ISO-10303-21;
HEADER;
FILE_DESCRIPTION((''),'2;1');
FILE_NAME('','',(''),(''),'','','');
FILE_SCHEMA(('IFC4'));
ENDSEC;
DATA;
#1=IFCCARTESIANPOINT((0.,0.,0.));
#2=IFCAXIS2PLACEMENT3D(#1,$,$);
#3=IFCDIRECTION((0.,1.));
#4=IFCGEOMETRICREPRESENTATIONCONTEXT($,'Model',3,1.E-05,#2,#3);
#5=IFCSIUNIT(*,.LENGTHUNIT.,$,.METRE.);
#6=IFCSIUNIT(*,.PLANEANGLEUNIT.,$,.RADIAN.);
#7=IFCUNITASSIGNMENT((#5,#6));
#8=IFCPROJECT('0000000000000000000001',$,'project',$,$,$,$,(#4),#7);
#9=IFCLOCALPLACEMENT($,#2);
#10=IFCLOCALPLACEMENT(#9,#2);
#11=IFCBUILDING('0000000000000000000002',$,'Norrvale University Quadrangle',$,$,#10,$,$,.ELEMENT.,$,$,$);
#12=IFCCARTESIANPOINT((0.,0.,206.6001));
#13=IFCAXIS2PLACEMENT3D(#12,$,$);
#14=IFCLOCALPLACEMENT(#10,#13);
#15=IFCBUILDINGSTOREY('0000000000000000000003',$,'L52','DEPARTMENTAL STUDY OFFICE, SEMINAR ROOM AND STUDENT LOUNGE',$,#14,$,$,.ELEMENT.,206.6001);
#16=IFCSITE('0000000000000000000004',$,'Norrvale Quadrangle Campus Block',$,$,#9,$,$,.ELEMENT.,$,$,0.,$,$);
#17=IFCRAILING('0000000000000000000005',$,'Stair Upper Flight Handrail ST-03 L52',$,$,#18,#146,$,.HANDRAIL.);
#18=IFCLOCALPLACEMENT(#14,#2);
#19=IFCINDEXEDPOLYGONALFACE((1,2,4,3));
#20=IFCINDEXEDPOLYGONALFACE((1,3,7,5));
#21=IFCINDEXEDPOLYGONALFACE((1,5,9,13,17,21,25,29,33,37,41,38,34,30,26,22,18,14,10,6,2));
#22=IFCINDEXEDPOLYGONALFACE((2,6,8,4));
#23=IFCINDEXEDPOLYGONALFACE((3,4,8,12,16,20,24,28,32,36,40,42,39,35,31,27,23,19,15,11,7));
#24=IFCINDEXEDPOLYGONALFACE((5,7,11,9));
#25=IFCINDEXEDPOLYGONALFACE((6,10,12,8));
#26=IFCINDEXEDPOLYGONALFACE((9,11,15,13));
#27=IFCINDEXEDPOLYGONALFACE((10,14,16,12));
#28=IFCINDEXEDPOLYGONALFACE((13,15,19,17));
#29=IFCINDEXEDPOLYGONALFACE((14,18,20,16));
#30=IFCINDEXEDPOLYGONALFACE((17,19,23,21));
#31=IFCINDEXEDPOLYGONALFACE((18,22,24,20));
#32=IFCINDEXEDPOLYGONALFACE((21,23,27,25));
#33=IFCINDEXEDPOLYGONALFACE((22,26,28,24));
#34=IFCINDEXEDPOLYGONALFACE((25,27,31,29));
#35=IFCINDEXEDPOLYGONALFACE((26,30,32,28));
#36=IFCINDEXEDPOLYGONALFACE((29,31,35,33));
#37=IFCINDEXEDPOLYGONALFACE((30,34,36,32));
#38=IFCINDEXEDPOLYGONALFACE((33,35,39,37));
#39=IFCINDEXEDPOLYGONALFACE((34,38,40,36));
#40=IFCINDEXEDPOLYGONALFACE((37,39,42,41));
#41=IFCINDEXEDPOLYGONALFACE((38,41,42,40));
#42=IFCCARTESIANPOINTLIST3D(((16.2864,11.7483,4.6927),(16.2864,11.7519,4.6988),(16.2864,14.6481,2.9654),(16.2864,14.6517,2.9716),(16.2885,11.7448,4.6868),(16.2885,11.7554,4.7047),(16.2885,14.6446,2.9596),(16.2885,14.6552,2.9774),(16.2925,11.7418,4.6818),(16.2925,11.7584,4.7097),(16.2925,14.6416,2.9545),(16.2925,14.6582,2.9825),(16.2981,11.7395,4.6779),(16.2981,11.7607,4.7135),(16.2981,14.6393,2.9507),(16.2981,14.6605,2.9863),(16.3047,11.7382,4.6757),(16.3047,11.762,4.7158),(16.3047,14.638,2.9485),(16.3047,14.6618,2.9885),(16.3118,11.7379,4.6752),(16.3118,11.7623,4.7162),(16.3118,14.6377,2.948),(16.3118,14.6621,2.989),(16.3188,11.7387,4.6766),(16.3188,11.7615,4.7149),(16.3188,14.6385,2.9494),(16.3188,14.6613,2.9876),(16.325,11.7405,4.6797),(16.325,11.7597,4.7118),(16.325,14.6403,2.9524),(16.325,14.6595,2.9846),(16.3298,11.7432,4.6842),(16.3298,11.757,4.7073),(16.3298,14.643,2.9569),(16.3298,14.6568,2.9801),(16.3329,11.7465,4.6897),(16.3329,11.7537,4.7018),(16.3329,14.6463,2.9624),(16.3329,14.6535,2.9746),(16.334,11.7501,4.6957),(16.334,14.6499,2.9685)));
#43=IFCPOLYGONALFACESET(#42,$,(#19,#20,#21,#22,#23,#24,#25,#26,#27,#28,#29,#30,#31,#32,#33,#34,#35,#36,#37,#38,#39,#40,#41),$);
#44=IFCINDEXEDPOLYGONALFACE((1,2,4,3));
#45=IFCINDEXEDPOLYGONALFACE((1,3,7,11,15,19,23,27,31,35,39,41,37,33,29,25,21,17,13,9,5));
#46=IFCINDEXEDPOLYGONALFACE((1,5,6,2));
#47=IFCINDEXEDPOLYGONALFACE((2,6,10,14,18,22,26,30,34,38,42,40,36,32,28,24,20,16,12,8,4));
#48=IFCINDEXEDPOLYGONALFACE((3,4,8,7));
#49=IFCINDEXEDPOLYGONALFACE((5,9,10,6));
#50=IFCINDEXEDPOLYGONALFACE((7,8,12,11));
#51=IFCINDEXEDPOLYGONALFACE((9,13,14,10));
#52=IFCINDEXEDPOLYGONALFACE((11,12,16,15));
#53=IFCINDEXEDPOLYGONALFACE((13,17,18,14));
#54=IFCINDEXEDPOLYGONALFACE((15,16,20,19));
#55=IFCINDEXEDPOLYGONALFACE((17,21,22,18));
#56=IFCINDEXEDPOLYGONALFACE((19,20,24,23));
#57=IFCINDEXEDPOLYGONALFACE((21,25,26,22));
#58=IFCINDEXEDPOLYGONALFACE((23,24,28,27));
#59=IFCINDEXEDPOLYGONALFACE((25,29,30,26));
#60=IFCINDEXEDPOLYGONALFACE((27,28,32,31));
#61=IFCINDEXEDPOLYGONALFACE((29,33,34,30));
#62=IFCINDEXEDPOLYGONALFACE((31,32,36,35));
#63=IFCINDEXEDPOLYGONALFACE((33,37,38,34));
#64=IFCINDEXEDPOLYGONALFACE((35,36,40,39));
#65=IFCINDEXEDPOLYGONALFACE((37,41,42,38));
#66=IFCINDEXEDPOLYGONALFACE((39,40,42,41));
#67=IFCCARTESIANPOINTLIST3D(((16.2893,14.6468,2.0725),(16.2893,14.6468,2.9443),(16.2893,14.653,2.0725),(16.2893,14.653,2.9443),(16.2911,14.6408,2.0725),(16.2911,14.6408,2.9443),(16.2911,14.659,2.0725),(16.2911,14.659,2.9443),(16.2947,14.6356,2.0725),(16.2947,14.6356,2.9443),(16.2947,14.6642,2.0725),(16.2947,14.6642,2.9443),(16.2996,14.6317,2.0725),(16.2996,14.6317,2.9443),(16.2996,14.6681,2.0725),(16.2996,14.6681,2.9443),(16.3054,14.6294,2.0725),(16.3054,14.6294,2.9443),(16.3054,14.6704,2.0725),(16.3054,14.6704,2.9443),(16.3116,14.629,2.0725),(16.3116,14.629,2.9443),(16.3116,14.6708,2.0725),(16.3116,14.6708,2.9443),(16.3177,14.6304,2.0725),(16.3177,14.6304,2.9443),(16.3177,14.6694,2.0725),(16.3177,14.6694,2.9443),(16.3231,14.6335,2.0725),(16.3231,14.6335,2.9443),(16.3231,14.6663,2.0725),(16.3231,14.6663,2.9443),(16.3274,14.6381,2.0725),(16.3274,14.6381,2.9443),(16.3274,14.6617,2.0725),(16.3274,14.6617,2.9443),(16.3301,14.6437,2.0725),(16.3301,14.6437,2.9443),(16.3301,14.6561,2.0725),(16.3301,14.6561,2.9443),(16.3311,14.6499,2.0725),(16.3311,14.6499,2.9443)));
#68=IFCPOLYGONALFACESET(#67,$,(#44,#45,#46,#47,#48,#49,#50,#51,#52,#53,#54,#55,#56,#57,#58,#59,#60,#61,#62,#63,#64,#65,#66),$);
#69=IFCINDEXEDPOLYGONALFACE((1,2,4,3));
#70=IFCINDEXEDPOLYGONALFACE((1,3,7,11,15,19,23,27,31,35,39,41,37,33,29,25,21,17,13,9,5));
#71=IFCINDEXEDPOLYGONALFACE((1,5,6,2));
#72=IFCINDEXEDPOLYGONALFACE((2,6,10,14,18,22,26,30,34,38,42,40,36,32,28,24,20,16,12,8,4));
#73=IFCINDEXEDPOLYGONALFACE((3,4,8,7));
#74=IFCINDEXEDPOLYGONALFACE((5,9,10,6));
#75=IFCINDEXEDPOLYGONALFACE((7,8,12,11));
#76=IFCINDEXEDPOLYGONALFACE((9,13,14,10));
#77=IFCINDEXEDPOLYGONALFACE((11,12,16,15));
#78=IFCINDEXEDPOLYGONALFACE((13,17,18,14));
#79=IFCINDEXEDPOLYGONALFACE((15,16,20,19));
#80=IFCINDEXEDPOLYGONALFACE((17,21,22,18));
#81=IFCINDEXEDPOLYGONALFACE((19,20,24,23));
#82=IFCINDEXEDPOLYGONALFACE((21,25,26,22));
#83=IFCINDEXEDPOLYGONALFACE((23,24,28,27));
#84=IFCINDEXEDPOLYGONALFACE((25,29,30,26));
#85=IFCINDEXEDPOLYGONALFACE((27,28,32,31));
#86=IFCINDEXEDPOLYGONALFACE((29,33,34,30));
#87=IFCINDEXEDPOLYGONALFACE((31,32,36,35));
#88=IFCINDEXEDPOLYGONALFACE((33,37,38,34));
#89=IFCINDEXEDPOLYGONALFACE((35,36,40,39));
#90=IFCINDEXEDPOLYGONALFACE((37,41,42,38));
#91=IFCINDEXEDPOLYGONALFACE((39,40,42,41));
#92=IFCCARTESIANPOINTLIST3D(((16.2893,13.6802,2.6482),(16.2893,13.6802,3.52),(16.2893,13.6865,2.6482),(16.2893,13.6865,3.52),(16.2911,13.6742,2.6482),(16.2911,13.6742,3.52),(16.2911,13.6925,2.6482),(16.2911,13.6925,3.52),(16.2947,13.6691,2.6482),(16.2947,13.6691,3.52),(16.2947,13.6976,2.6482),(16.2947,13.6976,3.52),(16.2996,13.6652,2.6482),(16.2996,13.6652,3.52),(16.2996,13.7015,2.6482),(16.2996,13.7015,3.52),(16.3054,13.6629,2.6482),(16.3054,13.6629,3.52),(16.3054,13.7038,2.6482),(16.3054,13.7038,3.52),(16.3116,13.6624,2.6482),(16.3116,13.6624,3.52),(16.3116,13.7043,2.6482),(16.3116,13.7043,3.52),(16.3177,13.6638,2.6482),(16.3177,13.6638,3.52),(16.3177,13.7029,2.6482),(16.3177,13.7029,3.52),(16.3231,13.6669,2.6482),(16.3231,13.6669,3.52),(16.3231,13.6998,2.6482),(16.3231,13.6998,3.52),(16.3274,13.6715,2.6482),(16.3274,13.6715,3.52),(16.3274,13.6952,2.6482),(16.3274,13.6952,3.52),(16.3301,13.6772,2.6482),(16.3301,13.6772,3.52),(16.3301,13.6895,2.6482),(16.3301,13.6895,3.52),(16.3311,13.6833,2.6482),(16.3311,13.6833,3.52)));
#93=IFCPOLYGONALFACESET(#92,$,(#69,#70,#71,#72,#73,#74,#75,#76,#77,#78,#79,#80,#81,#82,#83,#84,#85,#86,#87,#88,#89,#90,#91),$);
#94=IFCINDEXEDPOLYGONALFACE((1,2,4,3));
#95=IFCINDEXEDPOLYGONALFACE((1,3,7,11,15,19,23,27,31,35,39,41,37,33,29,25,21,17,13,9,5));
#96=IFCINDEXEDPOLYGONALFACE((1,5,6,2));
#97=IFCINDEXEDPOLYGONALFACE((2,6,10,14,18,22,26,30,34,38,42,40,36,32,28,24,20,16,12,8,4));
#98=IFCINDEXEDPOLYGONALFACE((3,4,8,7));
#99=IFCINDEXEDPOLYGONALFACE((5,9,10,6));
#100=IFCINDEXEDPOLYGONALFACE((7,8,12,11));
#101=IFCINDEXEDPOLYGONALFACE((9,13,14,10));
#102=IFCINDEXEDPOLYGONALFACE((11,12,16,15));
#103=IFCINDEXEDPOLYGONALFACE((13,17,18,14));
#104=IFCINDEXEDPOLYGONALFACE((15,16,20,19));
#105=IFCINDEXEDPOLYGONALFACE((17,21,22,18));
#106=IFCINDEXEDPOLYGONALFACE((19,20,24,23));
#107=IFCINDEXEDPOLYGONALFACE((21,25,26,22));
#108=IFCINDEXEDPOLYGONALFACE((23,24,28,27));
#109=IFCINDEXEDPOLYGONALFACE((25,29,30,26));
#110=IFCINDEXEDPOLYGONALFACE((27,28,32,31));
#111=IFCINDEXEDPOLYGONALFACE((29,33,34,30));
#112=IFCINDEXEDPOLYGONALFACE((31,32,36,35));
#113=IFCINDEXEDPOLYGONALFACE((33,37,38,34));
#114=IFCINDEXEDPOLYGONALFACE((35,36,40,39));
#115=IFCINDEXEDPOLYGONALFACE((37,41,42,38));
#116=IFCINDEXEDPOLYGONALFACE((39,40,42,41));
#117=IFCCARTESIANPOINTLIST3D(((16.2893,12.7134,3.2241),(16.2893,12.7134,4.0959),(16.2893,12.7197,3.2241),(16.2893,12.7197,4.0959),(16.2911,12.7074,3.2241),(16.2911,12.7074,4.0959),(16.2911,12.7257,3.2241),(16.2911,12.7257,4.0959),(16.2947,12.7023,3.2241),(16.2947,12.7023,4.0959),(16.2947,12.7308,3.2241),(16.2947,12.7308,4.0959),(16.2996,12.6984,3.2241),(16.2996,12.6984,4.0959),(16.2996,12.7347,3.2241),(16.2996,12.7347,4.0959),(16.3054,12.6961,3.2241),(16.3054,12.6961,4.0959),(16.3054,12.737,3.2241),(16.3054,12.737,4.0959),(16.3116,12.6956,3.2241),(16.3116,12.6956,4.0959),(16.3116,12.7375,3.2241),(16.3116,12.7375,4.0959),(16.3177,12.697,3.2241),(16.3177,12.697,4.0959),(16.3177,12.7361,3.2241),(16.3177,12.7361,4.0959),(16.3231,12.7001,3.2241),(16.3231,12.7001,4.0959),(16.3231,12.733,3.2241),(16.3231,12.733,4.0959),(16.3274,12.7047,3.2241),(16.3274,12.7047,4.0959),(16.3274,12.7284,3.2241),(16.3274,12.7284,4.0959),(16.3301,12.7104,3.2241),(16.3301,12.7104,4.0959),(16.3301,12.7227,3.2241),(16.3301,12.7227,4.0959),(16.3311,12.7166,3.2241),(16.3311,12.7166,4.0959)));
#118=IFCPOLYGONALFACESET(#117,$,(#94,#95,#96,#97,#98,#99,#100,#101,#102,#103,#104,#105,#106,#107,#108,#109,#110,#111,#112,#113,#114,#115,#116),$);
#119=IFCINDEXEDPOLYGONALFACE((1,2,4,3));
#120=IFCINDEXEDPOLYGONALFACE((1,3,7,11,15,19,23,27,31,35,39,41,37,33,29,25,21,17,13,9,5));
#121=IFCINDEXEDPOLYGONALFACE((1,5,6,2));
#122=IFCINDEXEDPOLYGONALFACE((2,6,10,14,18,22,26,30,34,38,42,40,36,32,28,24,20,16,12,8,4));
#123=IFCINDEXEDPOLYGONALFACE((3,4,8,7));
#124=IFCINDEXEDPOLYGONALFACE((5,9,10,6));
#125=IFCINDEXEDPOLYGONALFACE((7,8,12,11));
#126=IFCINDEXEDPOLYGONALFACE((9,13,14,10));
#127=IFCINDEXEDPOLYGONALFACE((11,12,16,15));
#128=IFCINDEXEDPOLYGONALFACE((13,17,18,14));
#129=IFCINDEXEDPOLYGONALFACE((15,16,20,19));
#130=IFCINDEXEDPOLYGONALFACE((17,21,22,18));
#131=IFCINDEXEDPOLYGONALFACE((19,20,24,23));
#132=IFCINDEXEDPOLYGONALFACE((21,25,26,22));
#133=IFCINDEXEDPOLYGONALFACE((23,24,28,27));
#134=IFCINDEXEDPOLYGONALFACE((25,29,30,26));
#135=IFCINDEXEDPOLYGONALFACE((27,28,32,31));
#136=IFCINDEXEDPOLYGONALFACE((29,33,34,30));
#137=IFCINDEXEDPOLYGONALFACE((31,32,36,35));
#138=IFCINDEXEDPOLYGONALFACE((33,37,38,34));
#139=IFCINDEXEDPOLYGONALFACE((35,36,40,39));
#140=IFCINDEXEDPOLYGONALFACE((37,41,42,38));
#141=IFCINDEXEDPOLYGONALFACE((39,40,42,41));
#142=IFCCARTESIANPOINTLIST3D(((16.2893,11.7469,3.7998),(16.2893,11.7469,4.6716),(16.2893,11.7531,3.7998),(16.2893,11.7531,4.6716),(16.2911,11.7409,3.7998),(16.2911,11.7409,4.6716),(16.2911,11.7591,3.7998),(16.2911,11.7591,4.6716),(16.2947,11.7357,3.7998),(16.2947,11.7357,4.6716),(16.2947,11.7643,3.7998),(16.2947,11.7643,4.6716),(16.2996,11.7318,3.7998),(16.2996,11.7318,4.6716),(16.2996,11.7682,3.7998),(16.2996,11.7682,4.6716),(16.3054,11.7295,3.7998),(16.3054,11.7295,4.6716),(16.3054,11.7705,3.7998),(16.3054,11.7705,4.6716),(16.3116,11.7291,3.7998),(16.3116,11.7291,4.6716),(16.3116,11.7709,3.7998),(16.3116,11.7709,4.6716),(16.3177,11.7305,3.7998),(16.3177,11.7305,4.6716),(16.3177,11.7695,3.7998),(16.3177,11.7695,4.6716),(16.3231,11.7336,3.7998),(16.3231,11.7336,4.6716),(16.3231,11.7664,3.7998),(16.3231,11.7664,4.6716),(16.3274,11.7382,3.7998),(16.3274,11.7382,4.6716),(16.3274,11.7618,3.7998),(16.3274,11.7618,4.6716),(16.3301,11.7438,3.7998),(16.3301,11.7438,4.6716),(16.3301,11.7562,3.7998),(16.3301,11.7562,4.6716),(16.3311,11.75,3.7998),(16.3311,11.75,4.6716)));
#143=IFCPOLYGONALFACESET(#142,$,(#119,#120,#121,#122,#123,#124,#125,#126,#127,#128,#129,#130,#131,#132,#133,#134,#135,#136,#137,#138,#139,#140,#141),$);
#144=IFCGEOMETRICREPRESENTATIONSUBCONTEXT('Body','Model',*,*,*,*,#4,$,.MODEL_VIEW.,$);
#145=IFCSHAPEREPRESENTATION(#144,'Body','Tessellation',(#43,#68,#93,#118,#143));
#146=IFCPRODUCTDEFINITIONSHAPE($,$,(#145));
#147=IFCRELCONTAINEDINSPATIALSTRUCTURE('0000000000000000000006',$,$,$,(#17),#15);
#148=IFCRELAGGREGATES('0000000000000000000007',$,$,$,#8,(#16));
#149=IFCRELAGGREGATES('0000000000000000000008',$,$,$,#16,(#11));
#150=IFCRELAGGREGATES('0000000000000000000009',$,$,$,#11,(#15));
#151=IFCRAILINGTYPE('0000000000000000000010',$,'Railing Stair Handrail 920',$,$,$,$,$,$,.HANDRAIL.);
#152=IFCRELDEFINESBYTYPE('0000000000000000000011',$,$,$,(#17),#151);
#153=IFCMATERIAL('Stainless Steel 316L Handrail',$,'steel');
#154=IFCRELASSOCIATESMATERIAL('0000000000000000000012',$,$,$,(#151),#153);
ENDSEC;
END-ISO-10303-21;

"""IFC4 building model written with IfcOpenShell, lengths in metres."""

from ifc_helpers import new_model, si_unit, direction, frame, origin, origin_2d, place, context, subcontext, project, spatial, circle, extrude, material, type_object, element, save


model = new_model("IFC4")

# Units and contexts
model_context = context("Model", 3, precision=1e-05, world=origin(), true_north=direction((0.0, 1.0)))
body_context = subcontext(model_context, "Body", "Model", "MODEL_VIEW")
ifc_project = project(units=[si_unit("LENGTHUNIT", "METRE"), si_unit("PLANEANGLEUNIT", "RADIAN")], contexts=[model_context])

# Site, building, storey
site_placement = place(None, origin())
site = spatial("IfcSite", under=ifc_project, at=site_placement, Name="Norrvale Quadrangle Campus Block", CompositionType="ELEMENT", RefElevation=0.0)
building_placement = place(site_placement, origin())
building = spatial("IfcBuilding", under=site, at=building_placement, Name="Norrvale University Quadrangle", CompositionType="ELEMENT")
storey_placement = place(building_placement, frame((0.0, 0.0, 206.6001)))
storey = spatial("IfcBuildingStorey", under=building, at=storey_placement, Name="L52", Description="DEPARTMENTAL STUDY OFFICE, SEMINAR ROOM AND STUDENT LOUNGE", CompositionType="ELEMENT", Elevation=206.6001)

# Railing
ifc_material_1 = material(Name="Stainless Steel 316L Handrail", Category="steel")
railing_type_1 = type_object("IfcRailingType", Name="Railing Stair Handrail 920", PredefinedType="HANDRAIL", material=ifc_material_1)
railing_1_placement = place(storey_placement, frame((16.3101, 14.6499, 2.0725)))
element("IfcRailing", 1, at=railing_1_placement, inside=storey, type_object=railing_type_1, Name="Stair Upper Flight Handrail ST-03 L52", PredefinedType="HANDRAIL", context=body_context, shape_type="SweptSolid", body=[
    extrude(circle(Radius=0.0239, at=origin_2d()), frame((0.0, 0.0, 0.896), z_axis=(0.0, -0.859141, 0.511738), x_axis=(1.0, 0.0, 0.0)), (0.0, 0.0, 1.0), 3.3752),
    extrude(circle(Radius=0.021, at=origin_2d()), origin(), (0.0, 0.0, 1.0), 0.8718),
    extrude(circle(Radius=0.021, at=origin_2d()), frame((0.0, -0.9666, 0.5757)), (0.0, 0.0, 1.0), 0.8718),
    extrude(circle(Radius=0.021, at=origin_2d()), frame((0.0, -1.9333, 1.1516)), (0.0, 0.0, 1.0), 0.8718),
    extrude(circle(Radius=0.021, at=origin_2d()), frame((0.0, -2.8999, 1.7273)), (0.0, 0.0, 1.0), 0.8718),
])

save(model, "model.ifc")
